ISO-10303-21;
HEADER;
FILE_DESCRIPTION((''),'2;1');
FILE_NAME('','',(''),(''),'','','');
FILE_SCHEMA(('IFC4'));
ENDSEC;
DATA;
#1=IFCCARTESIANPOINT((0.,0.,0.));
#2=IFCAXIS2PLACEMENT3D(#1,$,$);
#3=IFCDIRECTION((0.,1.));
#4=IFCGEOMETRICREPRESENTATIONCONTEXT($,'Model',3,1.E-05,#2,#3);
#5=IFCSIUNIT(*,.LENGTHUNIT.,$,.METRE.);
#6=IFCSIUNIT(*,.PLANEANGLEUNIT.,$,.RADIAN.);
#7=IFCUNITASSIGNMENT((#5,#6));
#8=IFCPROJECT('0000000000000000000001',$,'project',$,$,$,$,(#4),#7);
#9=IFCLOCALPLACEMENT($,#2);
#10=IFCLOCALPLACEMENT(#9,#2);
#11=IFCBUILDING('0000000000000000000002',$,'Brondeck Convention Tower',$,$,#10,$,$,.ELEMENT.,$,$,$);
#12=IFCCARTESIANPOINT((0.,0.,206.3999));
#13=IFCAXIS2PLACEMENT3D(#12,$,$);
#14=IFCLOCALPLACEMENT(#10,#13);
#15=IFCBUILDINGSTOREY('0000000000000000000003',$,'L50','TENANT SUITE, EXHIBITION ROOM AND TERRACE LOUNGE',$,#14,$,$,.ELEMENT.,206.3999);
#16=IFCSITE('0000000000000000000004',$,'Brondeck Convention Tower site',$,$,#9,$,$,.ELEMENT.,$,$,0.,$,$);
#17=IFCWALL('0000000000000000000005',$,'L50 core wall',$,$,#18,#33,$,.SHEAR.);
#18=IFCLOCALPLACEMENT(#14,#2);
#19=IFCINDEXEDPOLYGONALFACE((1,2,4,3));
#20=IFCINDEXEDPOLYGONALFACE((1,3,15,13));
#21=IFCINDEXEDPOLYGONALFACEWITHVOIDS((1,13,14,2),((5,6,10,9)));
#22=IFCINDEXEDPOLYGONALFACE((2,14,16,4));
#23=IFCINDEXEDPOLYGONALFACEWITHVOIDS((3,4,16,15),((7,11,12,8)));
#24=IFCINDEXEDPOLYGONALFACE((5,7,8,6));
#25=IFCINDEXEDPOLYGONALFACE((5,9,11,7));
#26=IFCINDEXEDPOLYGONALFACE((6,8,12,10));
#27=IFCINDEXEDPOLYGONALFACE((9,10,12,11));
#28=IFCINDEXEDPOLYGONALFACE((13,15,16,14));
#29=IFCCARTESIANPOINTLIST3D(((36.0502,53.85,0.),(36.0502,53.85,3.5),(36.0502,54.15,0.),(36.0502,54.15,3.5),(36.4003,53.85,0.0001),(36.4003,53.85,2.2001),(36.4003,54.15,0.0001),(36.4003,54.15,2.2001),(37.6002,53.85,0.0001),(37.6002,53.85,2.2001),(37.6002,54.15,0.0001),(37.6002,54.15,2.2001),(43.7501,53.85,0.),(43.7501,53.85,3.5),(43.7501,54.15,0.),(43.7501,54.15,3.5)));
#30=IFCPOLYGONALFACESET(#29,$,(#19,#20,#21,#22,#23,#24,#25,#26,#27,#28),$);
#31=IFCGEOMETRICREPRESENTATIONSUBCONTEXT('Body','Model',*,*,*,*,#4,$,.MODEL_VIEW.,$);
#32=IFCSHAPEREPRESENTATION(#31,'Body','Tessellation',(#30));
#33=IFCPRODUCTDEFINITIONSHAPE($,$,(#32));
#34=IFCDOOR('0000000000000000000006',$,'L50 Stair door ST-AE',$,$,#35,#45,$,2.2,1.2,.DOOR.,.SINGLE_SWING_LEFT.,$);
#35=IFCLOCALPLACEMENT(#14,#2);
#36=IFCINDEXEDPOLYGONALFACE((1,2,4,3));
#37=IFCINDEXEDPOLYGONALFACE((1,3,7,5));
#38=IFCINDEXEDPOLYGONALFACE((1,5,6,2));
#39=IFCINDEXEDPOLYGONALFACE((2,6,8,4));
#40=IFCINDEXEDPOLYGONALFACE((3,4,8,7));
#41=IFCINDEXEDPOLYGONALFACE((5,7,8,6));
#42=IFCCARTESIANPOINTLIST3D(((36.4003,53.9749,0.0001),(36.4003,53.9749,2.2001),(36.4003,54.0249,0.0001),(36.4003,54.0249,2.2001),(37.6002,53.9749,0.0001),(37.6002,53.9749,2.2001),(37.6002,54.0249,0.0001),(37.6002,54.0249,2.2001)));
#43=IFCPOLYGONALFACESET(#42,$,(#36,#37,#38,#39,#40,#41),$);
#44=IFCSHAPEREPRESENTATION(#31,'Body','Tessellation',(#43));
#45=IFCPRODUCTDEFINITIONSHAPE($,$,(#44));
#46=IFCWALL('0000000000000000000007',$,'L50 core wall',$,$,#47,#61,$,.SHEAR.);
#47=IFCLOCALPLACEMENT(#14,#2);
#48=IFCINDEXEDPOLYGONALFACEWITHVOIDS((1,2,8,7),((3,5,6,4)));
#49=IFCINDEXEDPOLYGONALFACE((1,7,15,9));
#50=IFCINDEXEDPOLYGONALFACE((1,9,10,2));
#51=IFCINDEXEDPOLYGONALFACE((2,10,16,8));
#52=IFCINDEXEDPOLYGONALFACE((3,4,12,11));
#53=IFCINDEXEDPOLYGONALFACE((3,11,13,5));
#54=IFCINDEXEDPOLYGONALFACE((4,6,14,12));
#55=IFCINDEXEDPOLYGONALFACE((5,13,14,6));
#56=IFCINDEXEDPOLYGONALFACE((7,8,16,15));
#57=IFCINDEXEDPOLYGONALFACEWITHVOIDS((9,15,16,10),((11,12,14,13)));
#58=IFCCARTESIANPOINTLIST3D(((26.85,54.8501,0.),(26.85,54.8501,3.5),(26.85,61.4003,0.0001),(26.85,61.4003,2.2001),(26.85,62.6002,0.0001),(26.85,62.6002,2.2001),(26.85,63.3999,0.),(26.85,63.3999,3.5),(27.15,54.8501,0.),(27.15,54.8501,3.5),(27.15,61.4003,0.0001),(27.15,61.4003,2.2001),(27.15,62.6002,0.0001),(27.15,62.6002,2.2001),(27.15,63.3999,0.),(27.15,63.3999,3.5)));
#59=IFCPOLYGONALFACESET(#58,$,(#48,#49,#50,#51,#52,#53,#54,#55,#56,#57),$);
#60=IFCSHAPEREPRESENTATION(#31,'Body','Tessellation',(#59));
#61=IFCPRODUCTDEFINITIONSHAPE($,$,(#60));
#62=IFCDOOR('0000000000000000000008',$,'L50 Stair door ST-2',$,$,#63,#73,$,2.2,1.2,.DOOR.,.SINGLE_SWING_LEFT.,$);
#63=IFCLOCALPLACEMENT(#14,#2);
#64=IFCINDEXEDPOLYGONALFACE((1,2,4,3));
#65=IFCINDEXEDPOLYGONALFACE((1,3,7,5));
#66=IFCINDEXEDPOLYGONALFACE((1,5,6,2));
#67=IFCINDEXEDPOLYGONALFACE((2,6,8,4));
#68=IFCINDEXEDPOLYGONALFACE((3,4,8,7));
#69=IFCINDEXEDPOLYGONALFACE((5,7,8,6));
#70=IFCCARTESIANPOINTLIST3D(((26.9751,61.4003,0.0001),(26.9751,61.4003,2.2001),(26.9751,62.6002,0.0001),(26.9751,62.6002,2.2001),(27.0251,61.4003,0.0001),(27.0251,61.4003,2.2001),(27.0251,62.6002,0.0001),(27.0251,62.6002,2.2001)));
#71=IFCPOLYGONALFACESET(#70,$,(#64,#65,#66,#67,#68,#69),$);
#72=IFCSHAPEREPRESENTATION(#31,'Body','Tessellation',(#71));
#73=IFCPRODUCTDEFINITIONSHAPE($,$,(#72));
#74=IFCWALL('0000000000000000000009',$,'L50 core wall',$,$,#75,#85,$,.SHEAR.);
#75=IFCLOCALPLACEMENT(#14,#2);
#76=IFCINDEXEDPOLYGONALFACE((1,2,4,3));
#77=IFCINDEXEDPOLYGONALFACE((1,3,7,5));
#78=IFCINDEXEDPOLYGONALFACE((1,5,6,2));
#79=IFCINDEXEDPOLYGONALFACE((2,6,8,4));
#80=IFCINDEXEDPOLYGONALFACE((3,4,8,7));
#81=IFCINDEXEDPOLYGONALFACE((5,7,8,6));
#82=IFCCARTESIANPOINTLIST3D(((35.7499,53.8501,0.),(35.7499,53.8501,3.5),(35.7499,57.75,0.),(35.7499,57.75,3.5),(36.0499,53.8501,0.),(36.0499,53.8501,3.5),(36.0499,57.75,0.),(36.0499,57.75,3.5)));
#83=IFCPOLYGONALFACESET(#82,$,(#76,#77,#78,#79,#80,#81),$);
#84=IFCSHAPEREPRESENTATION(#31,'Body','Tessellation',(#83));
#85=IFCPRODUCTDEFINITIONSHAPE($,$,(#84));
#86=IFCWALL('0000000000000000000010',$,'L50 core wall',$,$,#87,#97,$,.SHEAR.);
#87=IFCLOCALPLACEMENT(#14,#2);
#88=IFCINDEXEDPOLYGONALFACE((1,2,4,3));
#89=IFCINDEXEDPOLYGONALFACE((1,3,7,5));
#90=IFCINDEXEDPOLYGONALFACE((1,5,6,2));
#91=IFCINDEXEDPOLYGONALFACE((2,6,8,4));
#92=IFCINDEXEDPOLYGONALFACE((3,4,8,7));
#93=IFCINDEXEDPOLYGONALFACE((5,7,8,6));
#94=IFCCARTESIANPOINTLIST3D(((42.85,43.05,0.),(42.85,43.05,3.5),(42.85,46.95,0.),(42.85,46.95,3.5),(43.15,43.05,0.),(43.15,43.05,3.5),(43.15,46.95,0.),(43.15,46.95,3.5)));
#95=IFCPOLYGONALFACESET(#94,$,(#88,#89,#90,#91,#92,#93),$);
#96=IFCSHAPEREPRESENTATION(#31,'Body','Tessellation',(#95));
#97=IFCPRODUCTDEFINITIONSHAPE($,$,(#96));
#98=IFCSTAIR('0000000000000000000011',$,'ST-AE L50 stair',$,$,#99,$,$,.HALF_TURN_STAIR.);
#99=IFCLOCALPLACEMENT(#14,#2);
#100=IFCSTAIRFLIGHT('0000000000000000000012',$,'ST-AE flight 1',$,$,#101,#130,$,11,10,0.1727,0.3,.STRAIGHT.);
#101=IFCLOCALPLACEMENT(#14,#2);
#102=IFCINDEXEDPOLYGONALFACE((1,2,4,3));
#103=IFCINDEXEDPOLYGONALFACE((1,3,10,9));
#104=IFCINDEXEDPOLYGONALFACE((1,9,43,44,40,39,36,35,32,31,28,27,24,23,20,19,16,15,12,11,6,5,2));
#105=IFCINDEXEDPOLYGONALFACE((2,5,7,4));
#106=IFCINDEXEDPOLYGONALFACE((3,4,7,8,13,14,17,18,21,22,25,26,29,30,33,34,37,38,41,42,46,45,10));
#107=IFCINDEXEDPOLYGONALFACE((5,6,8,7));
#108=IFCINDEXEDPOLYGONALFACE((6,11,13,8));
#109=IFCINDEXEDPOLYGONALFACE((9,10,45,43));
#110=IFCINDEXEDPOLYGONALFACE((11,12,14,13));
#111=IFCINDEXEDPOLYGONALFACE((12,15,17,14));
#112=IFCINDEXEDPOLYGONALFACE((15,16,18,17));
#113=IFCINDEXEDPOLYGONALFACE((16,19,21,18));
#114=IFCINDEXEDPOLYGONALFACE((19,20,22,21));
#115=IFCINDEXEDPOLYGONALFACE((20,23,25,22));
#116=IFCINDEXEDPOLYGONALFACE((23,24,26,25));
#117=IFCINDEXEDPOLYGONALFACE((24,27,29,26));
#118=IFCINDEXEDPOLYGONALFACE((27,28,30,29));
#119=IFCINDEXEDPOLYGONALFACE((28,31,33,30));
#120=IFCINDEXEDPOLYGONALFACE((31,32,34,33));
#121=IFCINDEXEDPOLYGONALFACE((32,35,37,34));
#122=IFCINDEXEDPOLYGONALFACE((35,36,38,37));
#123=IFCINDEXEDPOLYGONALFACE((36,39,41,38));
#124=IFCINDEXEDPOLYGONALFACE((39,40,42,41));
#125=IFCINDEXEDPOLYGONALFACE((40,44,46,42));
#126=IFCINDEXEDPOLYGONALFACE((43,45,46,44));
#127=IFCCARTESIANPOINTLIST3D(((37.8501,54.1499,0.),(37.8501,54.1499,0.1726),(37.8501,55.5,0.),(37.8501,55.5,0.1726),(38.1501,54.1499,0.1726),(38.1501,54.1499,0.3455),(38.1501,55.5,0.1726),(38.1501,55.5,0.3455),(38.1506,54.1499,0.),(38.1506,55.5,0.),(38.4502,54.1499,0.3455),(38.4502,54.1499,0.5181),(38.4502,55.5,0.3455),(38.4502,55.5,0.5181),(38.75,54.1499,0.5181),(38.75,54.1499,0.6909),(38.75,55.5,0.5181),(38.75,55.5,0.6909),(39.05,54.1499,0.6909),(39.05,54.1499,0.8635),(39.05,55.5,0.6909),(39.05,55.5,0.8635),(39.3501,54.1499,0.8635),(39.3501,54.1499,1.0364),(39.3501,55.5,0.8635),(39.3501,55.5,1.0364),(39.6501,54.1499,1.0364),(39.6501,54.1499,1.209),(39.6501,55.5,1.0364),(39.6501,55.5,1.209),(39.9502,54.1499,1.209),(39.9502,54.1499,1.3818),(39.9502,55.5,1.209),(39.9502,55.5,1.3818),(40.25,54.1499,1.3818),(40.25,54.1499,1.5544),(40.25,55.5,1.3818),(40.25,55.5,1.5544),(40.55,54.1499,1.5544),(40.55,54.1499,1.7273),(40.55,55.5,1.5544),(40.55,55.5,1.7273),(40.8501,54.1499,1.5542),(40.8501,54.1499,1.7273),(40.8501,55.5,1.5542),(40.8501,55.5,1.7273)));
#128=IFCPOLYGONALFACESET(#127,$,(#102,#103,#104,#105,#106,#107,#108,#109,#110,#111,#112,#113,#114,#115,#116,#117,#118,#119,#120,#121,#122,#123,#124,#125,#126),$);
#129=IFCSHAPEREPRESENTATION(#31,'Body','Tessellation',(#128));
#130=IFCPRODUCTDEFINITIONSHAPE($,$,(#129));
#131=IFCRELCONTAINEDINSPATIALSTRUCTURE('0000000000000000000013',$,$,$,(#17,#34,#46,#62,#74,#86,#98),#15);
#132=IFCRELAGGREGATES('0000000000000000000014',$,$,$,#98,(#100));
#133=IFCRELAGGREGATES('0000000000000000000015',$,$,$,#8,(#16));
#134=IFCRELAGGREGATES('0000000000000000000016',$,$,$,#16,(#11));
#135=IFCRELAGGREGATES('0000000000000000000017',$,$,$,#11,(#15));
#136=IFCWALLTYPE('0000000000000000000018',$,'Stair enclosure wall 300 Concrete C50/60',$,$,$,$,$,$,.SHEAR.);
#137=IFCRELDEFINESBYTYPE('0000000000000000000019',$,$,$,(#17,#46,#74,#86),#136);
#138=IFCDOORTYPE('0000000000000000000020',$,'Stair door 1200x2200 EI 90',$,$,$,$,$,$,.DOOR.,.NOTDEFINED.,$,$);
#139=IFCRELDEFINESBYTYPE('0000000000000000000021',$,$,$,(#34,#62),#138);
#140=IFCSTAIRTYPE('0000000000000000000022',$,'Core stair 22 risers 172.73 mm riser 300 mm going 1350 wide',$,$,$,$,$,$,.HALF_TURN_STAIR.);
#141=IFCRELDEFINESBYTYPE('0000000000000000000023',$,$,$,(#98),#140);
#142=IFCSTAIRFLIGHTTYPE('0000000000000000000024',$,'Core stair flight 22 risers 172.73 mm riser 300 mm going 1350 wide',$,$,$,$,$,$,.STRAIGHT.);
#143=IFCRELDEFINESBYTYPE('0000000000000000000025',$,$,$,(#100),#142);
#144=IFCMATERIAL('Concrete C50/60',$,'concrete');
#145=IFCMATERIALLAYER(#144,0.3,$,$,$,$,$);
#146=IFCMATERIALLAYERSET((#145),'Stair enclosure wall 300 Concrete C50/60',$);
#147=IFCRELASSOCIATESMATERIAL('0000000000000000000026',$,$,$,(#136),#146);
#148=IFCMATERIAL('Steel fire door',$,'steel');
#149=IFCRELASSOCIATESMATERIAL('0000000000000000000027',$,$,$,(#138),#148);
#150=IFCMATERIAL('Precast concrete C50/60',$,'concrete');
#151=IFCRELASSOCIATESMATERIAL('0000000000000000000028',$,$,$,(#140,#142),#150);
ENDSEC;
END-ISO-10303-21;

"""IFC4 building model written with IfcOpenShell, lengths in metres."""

from ifc_helpers import new_model, si_unit, direction, frame, frame_2d, origin, place, context, subcontext, project, spatial, polyline, rectangle, outline, extrude, material, layer, layer_set, type_object, element, fill, aggregate, save


model = new_model("IFC4")

# Units and contexts
model_context = context("Model", 3, precision=1e-05, world=origin(), true_north=direction((0.0, 1.0)))
body_context = subcontext(model_context, "Body", "Model", "MODEL_VIEW")
ifc_project = project(units=[si_unit("LENGTHUNIT", "METRE"), si_unit("PLANEANGLEUNIT", "RADIAN")], contexts=[model_context])

# Site, building, storey
site_placement = place(None, origin())
site = spatial("IfcSite", under=ifc_project, at=site_placement, Name="Brondeck Convention Tower site", CompositionType="ELEMENT", RefElevation=0.0)
building_placement = place(site_placement, origin())
building = spatial("IfcBuilding", under=site, at=building_placement, Name="Brondeck Convention Tower", CompositionType="ELEMENT")
storey_placement = place(building_placement, frame((0.0, 0.0, 206.3999)))
storey = spatial("IfcBuildingStorey", under=building, at=storey_placement, Name="L50", Description="TENANT SUITE, EXHIBITION ROOM AND TERRACE LOUNGE", CompositionType="ELEMENT", Elevation=206.3999)

# Shared definitions
ifc_material_1 = material(Name="Concrete C50/60", Category="concrete")

# Shared definitions
ifc_layer_1 = layer(ifc_material_1, 0.3)
ifc_layer_set_1 = layer_set([ifc_layer_1], Name="Stair enclosure wall 300 Concrete C50/60")
wall_type_1 = type_object("IfcWallType", Name="Stair enclosure wall 300 Concrete C50/60", PredefinedType="SHEAR", material=ifc_layer_set_1)
ifc_material_2 = material(Name="Steel fire door", Category="steel")
door_type_1 = type_object("IfcDoorType", Name="Stair door 1200x2200 EI 90", OperationType="NOTDEFINED", PredefinedType="DOOR", material=ifc_material_2)

# Walls, openings, doors
wall_1_placement = place(storey_placement, frame((36.05, 54.0, 0.0), z_axis=(0.0, 0.0, 1.0), x_axis=(1.0, 0.0, 0.0)))
wall_1 = element("IfcWall", 1, at=wall_1_placement, inside=storey, type_object=wall_type_1, Name="L50 core wall", PredefinedType="SHEAR", context=body_context, shape_type="SweptSolid", body=[
    extrude(rectangle(XDim=7.7, YDim=0.3, at=frame_2d((3.8501, 0.0))), origin(), (0.0, 0.0, 1.0), 3.5),
])
opening_1_placement = place(wall_1_placement, frame((0.3501, 0.0, 0.0)))
opening_1 = element("IfcOpeningElement", 2, at=opening_1_placement, cuts=wall_1, PredefinedType="OPENING", context=body_context, shape_type="SweptSolid", body=[
    extrude(rectangle(XDim=1.2, YDim=2.2, at=frame_2d((0.6001, 1.1001))), frame((0.0, 0.1599, 0.0), z_axis=(0.0, -1.0, 0.0), x_axis=(1.0, 0.0, 0.0)), (0.0, 0.0, 1.0), 0.3201),
])
door_1_placement = place(opening_1_placement, origin())
door_1 = element("IfcDoor", 3, at=door_1_placement, inside=storey, type_object=door_type_1, Name="L50 Stair door ST-AE", OperationType="SINGLE_SWING_LEFT", OverallHeight=2.2, OverallWidth=1.2, PredefinedType="DOOR", context=body_context, shape_type="SweptSolid", body=[
    extrude(rectangle(XDim=1.2, YDim=2.2, at=frame_2d((0.6001, 1.1001))), frame((0.0, 0.0249, 0.0), z_axis=(0.0, -1.0, 0.0), x_axis=(1.0, 0.0, 0.0)), (0.0, 0.0, 1.0), 0.05),
])
fill(opening_1, door_1)
wall_2_placement = place(storey_placement, frame((27.0, 54.8501, 0.0), z_axis=(0.0, 0.0, 1.0), x_axis=(0.0, 1.0, 0.0)))
wall_2 = element("IfcWall", 4, at=wall_2_placement, inside=storey, type_object=wall_type_1, Name="L50 core wall", PredefinedType="SHEAR", context=body_context, shape_type="SweptSolid", body=[
    extrude(rectangle(XDim=8.5498, YDim=0.3, at=frame_2d((4.2749, 0.0))), origin(), (0.0, 0.0, 1.0), 3.5),
])
opening_2_placement = place(wall_2_placement, frame((6.55, 0.0, 0.0)))
opening_2 = element("IfcOpeningElement", 5, at=opening_2_placement, cuts=wall_2, PredefinedType="OPENING", context=body_context, shape_type="SweptSolid", body=[
    extrude(rectangle(XDim=1.2, YDim=2.2, at=frame_2d((0.6001, 1.1001))), frame((0.0, 0.1599, 0.0), z_axis=(0.0, -1.0, 0.0), x_axis=(1.0, 0.0, 0.0)), (0.0, 0.0, 1.0), 0.3201),
])
door_2_placement = place(opening_2_placement, origin())
door_2 = element("IfcDoor", 6, at=door_2_placement, inside=storey, type_object=door_type_1, Name="L50 Stair door ST-2", OperationType="SINGLE_SWING_LEFT", OverallHeight=2.2, OverallWidth=1.2, PredefinedType="DOOR", context=body_context, shape_type="SweptSolid", body=[
    extrude(rectangle(XDim=1.2, YDim=2.2, at=frame_2d((0.6001, 1.1001))), frame((0.0, 0.0249, 0.0), z_axis=(0.0, -1.0, 0.0), x_axis=(1.0, 0.0, 0.0)), (0.0, 0.0, 1.0), 0.05),
])
fill(opening_2, door_2)

# Walls
for number, where, z_axis, x_axis, name in (
    (7, (35.8999, 53.8501, 0.0), (0.0, 0.0, 1.0), (0.0, 1.0, 0.0), "L50 core wall"),
    (8, (43.0, 43.05, 0.0), (0.0, 0.0, 1.0), (0.0, 1.0, 0.0), "L50 core wall"),
):
    element("IfcWall", number, at=place(storey_placement, frame(where, z_axis=z_axis, x_axis=x_axis)), inside=storey, type_object=wall_type_1, Name=name, PredefinedType="SHEAR", context=body_context, shape_type="SweptSolid", body=[
        extrude(rectangle(XDim=3.8999, YDim=0.3, at=frame_2d((1.95, 0.0))), origin(), (0.0, 0.0, 1.0), 3.5),
    ])

# Stair, stair flight
ifc_material_3 = material(Name="Precast concrete C50/60", Category="concrete")
stair_type = type_object("IfcStairType", Name="Core stair 22 risers 172.73 mm riser 300 mm going 1350 wide", PredefinedType="HALF_TURN_STAIR", material=ifc_material_3)
stair_placement = place(storey_placement, origin())
stair = element("IfcStair", 9, at=stair_placement, inside=storey, type_object=stair_type, Name="ST-AE L50 stair", PredefinedType="HALF_TURN_STAIR")
stair_flight_type = type_object("IfcStairFlightType", Name="Core stair flight 22 risers 172.73 mm riser 300 mm going 1350 wide", PredefinedType="STRAIGHT", material=ifc_material_3)
stair_flight_placement = place(storey_placement, frame((37.8501, 54.825, 0.0), z_axis=(0.0, 0.0, 1.0), x_axis=(1.0, 0.0, 0.0)))
stair_flight = element("IfcStairFlight", 10, at=stair_flight_placement, type_object=stair_flight_type, Name="ST-AE flight 1", NumberOfRisers=11, NumberOfTreads=10, PredefinedType="STRAIGHT", RiserHeight=0.1727, TreadLength=0.3, context=body_context, shape_type="SweptSolid", body=[
    extrude(outline(polyline([(0.0, 0.0), (0.0, 0.1726), (0.3, 0.1726), (0.3, 0.3455), (0.6001, 0.3455), (0.6001, 0.5181), (0.8999, 0.5181), (0.8999, 0.6909), (1.2, 0.6909), (1.2, 0.8635), (1.5, 0.8635), (1.5, 1.0364), (1.8, 1.0364), (1.8, 1.209), (2.1001, 1.209), (2.1001, 1.3818), (2.3999, 1.3818), (2.3999, 1.5544), (2.7, 1.5544), (2.7, 1.7273), (3.0, 1.7273), (3.0, 1.8999), (3.0, 1.5542), (0.3005, 0.0), (0.0, 0.0)])), frame((0.0, 0.675, 0.0), z_axis=(0.0, -1.0, 0.0), x_axis=(1.0, 0.0, 0.0)), (0.0, 0.0, 1.0), 1.3501),
])
aggregate(stair, [stair_flight])

save(model, "model.ifc")
